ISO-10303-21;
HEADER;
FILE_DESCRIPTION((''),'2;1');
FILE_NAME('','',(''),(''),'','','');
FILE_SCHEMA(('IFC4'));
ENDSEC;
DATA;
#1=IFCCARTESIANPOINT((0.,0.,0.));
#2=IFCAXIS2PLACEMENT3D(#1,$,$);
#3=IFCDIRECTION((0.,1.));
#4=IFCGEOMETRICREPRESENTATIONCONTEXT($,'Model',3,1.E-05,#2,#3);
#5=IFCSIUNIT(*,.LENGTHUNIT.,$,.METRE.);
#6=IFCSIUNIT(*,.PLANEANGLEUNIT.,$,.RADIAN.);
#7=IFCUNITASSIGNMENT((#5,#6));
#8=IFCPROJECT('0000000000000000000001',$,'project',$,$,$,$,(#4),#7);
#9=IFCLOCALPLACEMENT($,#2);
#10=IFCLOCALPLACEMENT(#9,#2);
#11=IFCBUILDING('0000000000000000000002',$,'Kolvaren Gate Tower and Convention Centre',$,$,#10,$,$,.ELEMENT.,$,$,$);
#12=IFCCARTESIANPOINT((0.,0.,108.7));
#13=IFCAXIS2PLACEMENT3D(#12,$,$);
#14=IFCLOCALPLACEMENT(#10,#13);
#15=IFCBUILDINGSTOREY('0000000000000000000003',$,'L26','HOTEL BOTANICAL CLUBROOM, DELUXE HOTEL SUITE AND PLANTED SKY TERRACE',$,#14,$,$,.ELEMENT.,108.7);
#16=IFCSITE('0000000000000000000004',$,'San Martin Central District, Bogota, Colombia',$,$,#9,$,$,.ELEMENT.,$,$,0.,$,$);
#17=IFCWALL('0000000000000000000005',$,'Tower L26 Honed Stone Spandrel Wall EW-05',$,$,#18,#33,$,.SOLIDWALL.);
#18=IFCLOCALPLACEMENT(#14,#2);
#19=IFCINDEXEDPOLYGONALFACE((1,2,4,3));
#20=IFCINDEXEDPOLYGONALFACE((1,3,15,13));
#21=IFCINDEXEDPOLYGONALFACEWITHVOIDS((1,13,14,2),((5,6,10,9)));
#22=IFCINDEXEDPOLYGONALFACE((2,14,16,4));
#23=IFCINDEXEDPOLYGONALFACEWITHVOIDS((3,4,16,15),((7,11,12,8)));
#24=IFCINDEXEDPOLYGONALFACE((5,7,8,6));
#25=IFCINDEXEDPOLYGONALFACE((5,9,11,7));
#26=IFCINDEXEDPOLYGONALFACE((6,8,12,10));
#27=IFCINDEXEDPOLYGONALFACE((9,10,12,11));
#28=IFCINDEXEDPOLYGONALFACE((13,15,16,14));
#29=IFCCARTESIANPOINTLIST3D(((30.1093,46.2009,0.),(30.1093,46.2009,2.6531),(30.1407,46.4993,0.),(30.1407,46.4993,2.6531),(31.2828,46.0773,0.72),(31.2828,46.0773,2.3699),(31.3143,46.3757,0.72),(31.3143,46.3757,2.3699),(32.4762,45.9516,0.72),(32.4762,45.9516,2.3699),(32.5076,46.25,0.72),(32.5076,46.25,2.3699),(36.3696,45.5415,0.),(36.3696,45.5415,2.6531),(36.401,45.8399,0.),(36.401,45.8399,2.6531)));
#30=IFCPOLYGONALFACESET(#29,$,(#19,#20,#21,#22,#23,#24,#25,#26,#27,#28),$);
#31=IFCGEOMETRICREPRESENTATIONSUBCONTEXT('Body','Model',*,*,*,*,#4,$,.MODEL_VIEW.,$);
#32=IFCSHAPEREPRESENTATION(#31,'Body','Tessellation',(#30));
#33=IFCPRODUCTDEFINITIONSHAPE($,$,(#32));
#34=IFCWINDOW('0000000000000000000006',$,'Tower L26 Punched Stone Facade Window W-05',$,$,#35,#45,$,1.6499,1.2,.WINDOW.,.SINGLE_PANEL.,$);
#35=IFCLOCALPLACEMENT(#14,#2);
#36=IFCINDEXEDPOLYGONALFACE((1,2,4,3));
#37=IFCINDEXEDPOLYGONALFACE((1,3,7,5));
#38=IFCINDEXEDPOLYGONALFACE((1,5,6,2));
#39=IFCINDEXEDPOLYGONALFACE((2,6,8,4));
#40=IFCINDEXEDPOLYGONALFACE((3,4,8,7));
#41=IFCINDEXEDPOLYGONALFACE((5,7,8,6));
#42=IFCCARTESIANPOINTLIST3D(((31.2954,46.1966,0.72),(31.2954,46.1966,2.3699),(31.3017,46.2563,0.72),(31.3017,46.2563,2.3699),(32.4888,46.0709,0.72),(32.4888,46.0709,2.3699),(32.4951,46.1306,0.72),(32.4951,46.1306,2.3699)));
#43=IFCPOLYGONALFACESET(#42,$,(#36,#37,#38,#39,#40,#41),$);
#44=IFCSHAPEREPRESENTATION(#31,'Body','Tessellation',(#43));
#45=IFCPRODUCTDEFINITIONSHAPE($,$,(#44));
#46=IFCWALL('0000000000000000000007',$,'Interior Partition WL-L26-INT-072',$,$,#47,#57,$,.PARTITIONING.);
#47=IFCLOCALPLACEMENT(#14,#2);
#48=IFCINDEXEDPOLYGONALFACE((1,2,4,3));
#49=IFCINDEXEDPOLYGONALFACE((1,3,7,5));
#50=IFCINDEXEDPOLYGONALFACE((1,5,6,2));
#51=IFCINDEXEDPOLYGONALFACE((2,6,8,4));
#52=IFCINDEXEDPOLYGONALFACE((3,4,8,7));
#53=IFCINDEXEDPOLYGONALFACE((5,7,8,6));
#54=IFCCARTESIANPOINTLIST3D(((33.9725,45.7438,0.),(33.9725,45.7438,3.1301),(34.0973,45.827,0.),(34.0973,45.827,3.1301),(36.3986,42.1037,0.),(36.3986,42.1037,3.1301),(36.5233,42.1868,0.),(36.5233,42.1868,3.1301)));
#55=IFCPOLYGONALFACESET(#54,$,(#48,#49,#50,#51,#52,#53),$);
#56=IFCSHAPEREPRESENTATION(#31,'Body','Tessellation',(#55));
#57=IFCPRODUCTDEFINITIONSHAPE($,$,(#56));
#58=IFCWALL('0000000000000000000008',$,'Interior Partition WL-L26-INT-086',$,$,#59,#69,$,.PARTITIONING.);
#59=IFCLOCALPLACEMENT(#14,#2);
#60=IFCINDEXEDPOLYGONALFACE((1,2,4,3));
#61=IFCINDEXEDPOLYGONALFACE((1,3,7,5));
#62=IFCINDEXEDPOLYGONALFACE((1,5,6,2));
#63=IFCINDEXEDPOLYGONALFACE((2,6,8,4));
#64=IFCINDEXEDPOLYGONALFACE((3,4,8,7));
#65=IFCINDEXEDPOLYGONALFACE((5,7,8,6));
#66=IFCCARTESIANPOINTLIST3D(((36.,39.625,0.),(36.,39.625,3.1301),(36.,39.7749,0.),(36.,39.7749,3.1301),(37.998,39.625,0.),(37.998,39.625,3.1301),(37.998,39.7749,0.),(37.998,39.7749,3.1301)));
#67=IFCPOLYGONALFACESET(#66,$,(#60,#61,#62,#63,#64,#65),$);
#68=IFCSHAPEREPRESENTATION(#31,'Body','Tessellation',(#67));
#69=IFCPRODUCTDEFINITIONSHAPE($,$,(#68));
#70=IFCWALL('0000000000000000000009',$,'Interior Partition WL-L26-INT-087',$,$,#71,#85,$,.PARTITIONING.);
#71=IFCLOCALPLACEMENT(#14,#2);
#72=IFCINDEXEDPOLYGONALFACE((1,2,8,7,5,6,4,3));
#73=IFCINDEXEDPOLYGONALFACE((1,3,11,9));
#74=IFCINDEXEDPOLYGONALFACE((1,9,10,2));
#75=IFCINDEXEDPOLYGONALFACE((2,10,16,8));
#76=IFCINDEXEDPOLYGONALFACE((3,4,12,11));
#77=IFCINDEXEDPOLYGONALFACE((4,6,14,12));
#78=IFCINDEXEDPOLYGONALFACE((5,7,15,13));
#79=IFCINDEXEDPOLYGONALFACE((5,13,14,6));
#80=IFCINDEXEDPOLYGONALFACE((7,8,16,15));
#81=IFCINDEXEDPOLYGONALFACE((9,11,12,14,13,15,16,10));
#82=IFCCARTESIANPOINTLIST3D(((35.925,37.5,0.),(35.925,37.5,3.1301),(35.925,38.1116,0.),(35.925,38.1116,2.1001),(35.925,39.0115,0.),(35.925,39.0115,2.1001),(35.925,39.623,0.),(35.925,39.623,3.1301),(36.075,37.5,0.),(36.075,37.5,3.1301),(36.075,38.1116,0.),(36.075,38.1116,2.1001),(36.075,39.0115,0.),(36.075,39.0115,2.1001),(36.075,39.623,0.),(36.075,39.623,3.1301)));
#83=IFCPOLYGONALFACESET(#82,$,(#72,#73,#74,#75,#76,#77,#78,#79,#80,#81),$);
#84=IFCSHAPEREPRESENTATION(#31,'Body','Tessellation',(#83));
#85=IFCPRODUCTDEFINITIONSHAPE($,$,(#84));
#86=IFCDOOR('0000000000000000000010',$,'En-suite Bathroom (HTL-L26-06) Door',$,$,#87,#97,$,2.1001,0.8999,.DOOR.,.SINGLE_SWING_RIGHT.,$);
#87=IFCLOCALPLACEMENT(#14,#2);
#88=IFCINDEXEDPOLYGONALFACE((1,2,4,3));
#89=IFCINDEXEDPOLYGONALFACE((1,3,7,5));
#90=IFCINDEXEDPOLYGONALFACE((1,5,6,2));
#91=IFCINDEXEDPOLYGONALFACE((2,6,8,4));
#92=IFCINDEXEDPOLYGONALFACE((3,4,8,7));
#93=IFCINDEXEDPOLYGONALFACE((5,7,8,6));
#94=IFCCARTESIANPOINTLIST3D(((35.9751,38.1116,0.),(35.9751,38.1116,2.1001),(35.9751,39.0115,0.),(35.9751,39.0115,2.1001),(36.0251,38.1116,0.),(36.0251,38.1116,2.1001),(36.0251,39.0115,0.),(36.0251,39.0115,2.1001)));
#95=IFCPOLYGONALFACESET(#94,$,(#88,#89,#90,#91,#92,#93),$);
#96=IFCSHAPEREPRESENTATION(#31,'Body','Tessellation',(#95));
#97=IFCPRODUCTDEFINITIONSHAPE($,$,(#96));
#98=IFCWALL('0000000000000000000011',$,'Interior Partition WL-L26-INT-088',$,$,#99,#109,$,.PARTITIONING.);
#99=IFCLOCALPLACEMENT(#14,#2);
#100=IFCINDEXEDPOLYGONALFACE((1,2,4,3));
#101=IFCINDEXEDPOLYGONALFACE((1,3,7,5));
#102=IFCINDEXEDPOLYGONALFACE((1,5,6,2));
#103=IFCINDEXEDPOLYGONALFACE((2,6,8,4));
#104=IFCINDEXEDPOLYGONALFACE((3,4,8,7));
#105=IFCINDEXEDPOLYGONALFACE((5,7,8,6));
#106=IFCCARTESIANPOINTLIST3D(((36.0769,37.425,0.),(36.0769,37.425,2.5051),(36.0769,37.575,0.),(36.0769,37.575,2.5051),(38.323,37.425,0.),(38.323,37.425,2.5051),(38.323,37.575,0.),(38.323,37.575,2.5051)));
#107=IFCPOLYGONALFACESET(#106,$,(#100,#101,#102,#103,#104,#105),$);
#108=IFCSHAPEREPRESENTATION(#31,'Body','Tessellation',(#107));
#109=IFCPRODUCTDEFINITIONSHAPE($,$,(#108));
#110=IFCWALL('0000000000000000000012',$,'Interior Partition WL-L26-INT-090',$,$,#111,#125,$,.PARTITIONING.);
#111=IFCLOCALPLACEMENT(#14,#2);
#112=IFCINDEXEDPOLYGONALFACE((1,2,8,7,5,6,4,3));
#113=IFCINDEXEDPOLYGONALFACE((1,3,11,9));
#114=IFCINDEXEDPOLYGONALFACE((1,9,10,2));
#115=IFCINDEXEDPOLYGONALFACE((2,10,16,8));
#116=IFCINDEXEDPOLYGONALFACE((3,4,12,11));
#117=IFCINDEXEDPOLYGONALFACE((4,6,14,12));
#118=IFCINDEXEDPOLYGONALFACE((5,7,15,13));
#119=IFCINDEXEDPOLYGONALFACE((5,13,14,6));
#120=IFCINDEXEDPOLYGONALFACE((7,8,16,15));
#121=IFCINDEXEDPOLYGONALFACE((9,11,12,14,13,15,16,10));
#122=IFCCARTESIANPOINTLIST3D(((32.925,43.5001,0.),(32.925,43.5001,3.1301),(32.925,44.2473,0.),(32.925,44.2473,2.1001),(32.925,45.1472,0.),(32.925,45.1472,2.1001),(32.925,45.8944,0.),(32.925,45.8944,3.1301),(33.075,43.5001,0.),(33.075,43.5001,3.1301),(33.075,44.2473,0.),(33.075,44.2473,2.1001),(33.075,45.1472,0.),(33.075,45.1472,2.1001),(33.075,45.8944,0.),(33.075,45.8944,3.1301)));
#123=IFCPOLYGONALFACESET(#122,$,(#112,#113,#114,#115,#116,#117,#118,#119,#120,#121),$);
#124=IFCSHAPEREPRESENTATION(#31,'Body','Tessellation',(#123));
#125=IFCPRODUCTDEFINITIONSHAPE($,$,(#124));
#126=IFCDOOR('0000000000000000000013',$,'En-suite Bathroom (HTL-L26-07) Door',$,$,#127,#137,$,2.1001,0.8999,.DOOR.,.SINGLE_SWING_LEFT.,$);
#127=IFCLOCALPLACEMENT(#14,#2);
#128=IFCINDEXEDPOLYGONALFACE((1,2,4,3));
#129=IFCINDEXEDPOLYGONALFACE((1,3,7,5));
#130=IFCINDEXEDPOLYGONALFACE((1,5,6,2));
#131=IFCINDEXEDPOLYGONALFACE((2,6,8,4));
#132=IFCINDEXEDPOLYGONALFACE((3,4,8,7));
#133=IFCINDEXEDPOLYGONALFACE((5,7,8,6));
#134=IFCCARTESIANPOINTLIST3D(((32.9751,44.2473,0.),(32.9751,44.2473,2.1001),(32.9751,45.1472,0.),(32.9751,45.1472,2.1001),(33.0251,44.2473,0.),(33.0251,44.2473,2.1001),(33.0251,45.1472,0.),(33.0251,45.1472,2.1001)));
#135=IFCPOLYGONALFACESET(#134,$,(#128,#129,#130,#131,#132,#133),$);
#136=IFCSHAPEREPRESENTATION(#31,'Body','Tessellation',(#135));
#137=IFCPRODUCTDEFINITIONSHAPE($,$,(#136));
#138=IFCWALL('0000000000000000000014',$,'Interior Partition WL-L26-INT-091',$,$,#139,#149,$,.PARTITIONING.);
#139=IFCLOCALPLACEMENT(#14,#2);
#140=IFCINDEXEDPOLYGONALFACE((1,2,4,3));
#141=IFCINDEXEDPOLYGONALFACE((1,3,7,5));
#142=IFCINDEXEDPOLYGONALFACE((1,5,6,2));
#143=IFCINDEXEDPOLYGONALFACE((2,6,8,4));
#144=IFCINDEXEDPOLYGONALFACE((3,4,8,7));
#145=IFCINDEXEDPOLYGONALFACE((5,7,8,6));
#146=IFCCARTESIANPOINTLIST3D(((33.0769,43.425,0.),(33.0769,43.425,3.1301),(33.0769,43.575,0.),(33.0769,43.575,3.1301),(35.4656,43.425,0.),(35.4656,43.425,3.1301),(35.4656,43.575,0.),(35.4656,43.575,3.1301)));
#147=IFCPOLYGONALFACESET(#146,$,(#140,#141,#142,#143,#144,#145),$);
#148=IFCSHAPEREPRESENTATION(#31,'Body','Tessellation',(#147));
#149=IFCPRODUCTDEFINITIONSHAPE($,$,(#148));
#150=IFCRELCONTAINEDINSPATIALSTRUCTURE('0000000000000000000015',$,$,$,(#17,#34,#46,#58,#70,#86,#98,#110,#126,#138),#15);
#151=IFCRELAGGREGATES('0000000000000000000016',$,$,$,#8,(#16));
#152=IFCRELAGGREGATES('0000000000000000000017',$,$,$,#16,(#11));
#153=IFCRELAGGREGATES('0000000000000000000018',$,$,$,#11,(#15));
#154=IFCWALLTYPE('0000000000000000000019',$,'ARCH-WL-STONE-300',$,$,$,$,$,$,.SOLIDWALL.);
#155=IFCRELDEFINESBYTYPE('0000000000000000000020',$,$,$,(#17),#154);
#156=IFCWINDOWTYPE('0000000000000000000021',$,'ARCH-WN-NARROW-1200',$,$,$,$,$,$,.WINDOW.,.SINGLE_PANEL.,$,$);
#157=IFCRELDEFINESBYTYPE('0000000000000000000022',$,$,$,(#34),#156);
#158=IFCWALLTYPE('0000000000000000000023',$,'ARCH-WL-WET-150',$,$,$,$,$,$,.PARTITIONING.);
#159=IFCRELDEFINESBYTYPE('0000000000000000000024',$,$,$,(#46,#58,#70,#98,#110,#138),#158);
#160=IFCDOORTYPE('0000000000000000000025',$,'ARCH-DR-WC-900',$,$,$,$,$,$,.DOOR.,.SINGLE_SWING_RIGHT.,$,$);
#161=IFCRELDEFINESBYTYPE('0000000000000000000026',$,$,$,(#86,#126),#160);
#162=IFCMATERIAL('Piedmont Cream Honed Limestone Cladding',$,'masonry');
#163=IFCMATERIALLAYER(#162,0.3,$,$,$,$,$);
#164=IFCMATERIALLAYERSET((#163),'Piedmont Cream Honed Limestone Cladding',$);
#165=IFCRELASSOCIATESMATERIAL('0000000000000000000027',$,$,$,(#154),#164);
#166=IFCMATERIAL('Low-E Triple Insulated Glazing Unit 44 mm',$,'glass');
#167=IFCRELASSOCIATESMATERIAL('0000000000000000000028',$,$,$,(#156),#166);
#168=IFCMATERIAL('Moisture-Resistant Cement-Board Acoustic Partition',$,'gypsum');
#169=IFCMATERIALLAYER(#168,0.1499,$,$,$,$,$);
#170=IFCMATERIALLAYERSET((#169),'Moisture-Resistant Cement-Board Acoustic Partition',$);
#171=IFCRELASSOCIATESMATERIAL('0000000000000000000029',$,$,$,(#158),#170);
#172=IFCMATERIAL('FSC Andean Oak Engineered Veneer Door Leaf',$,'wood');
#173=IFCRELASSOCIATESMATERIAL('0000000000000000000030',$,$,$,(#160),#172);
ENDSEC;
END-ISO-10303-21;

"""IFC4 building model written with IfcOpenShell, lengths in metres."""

from ifc_helpers import new_model, si_unit, direction, frame, frame_2d, origin, place, context, subcontext, project, spatial, rectangle, extrude, material, layer, layer_set, type_object, element, fill, save


model = new_model("IFC4")

# Units and contexts
model_context = context("Model", 3, precision=1e-05, world=origin(), true_north=direction((0.0, 1.0)))
body_context = subcontext(model_context, "Body", "Model", "MODEL_VIEW")
ifc_project = project(units=[si_unit("LENGTHUNIT", "METRE"), si_unit("PLANEANGLEUNIT", "RADIAN")], contexts=[model_context])

# Site, building, storey
site_placement = place(None, origin())
site = spatial("IfcSite", under=ifc_project, at=site_placement, Name="San Martin Central District, Bogota, Colombia", CompositionType="ELEMENT", RefElevation=0.0)
building_placement = place(site_placement, origin())
building = spatial("IfcBuilding", under=site, at=building_placement, Name="Kolvaren Gate Tower and Convention Centre", CompositionType="ELEMENT")
storey_placement = place(building_placement, frame((0.0, 0.0, 108.7)))
storey = spatial("IfcBuildingStorey", under=building, at=storey_placement, Name="L26", Description="HOTEL BOTANICAL CLUBROOM, DELUXE HOTEL SUITE AND PLANTED SKY TERRACE", CompositionType="ELEMENT", Elevation=108.7)

# Wall, opening, window
ifc_material_1 = material(Name="Piedmont Cream Honed Limestone Cladding", Category="masonry")
ifc_layer_1 = layer(ifc_material_1, 0.3)
ifc_layer_set_1 = layer_set([ifc_layer_1], Name="Piedmont Cream Honed Limestone Cladding")
wall_type_1 = type_object("IfcWallType", Name="ARCH-WL-STONE-300", PredefinedType="SOLIDWALL", material=ifc_layer_set_1)
ifc_material_2 = material(Name="Low-E Triple Insulated Glazing Unit 44 mm", Category="glass")
wall_1_placement = place(storey_placement, frame((30.125, 46.3501, 0.0), z_axis=(0.0, 0.0, 1.0), x_axis=(0.994498, -0.104755, 0.0)))
wall_1 = element("IfcWall", 1, at=wall_1_placement, inside=storey, type_object=wall_type_1, Name="Tower L26 Honed Stone Spandrel Wall EW-05", PredefinedType="SOLIDWALL", context=body_context, shape_type="SweptSolid", body=[
    extrude(rectangle(XDim=6.2949, YDim=0.3, at=frame_2d((3.1475, 0.0))), origin(), (0.0, 0.0, 1.0), 2.6531),
])
opening_1_placement = place(wall_1_placement, frame((1.1799, 0.0, 0.72)))
opening_1 = element("IfcOpeningElement", 2, at=opening_1_placement, cuts=wall_1, PredefinedType="OPENING", context=body_context, shape_type="SweptSolid", body=[
    extrude(rectangle(XDim=1.2, YDim=1.6499, at=frame_2d((0.6001, 0.825))), frame((0.0, 0.1599, 0.0), z_axis=(0.0, -1.0, 0.0), x_axis=(1.0, 0.0, 0.0)), (0.0, 0.0, 1.0), 0.3201),
])
window_type_1 = type_object("IfcWindowType", Name="ARCH-WN-NARROW-1200", PartitioningType="SINGLE_PANEL", PredefinedType="WINDOW", material=ifc_material_2)
window_1_placement = place(opening_1_placement, origin())
window_1 = element("IfcWindow", 3, at=window_1_placement, inside=storey, type_object=window_type_1, Name="Tower L26 Punched Stone Facade Window W-05", OverallHeight=1.6499, OverallWidth=1.2, PartitioningType="SINGLE_PANEL", PredefinedType="WINDOW", context=body_context, shape_type="SweptSolid", body=[
    extrude(rectangle(XDim=1.2, YDim=1.6499, at=frame_2d((0.6001, 0.825))), frame((0.0, 0.03, 0.0), z_axis=(0.0, -1.0, 0.0), x_axis=(1.0, 0.0, 0.0)), (0.0, 0.0, 1.0), 0.0601),
])
fill(opening_1, window_1)

# Walls
ifc_material_3 = material(Name="Moisture-Resistant Cement-Board Acoustic Partition", Category="gypsum")
ifc_layer_2 = layer(ifc_material_3, 0.1499)
ifc_layer_set_2 = layer_set([ifc_layer_2], Name="Moisture-Resistant Cement-Board Acoustic Partition")
wall_type_2 = type_object("IfcWallType", Name="ARCH-WL-WET-150", PredefinedType="PARTITIONING", material=ifc_layer_set_2)
wall_2_placement = place(storey_placement, frame((34.0349, 45.7854, 0.0), z_axis=(0.0, 0.0, 1.0), x_axis=(0.554584, -0.832128, 0.0)))
element("IfcWall", 4, at=wall_2_placement, inside=storey, type_object=wall_type_2, Name="Interior Partition WL-L26-INT-072", PredefinedType="PARTITIONING", context=body_context, shape_type="SweptSolid", body=[
    extrude(rectangle(XDim=4.3745, YDim=0.1499, at=frame_2d((2.1873, 0.0))), origin(), (0.0, 0.0, 1.0), 3.1301),
])
wall_3_placement = place(storey_placement, frame((36.0, 39.7, 0.0), z_axis=(0.0, 0.0, 1.0), x_axis=(1.0, 0.0, 0.0)))
element("IfcWall", 5, at=wall_3_placement, inside=storey, type_object=wall_type_2, Name="Interior Partition WL-L26-INT-086", PredefinedType="PARTITIONING", context=body_context, shape_type="SweptSolid", body=[
    extrude(rectangle(XDim=1.998, YDim=0.1499, at=frame_2d((0.999, 0.0))), origin(), (0.0, 0.0, 1.0), 3.1301),
])

# Wall, opening, door
wall_4_placement = place(storey_placement, frame((36.0, 37.5, 0.0), z_axis=(0.0, 0.0, 1.0), x_axis=(0.0, 1.0, 0.0)))
wall_4 = element("IfcWall", 6, at=wall_4_placement, inside=storey, type_object=wall_type_2, Name="Interior Partition WL-L26-INT-087", PredefinedType="PARTITIONING", context=body_context, shape_type="SweptSolid", body=[
    extrude(rectangle(XDim=2.123, YDim=0.1499, at=frame_2d((1.0615, 0.0))), origin(), (0.0, 0.0, 1.0), 3.1301),
])
opening_2_placement = place(wall_4_placement, frame((0.6116, 0.0, 0.0)))
opening_2 = element("IfcOpeningElement", 7, at=opening_2_placement, cuts=wall_4, PredefinedType="OPENING", context=body_context, shape_type="SweptSolid", body=[
    extrude(rectangle(XDim=0.8999, YDim=2.1001, at=frame_2d((0.45, 1.05))), frame((0.0, 0.085, 0.0), z_axis=(0.0, -1.0, 0.0), x_axis=(1.0, 0.0, 0.0)), (0.0, 0.0, 1.0), 0.1699),
])
ifc_material_4 = material(Name="FSC Andean Oak Engineered Veneer Door Leaf", Category="wood")
door_type_1 = type_object("IfcDoorType", Name="ARCH-DR-WC-900", OperationType="SINGLE_SWING_RIGHT", PredefinedType="DOOR", material=ifc_material_4)
door_1_placement = place(opening_2_placement, origin())
door_1 = element("IfcDoor", 8, at=door_1_placement, inside=storey, type_object=door_type_1, Name="En-suite Bathroom (HTL-L26-06) Door", OperationType="SINGLE_SWING_RIGHT", OverallHeight=2.1001, OverallWidth=0.8999, PredefinedType="DOOR", context=body_context, shape_type="SweptSolid", body=[
    extrude(rectangle(XDim=0.8999, YDim=2.1001, at=frame_2d((0.45, 1.05))), frame((0.0, 0.0249, 0.0), z_axis=(0.0, -1.0, 0.0), x_axis=(1.0, 0.0, 0.0)), (0.0, 0.0, 1.0), 0.05),
])
fill(opening_2, door_1)

# Wall
wall_5_placement = place(storey_placement, frame((36.0769, 37.5, 0.0), z_axis=(0.0, 0.0, 1.0), x_axis=(1.0, 0.0, 0.0)))
element("IfcWall", 9, at=wall_5_placement, inside=storey, type_object=wall_type_2, Name="Interior Partition WL-L26-INT-088", PredefinedType="PARTITIONING", context=body_context, shape_type="SweptSolid", body=[
    extrude(rectangle(XDim=2.2461, YDim=0.1499, at=frame_2d((1.123, 0.0))), origin(), (0.0, 0.0, 1.0), 2.5051),
])

# Wall, opening, door
wall_6_placement = place(storey_placement, frame((33.0, 43.5, 0.0), z_axis=(0.0, 0.0, 1.0), x_axis=(0.0, 1.0, 0.0)))
wall_6 = element("IfcWall", 10, at=wall_6_placement, inside=storey, type_object=wall_type_2, Name="Interior Partition WL-L26-INT-090", PredefinedType="PARTITIONING", context=body_context, shape_type="SweptSolid", body=[
    extrude(rectangle(XDim=2.3943, YDim=0.1499, at=frame_2d((1.1973, 0.0))), origin(), (0.0, 0.0, 1.0), 3.1301),
])
opening_3_placement = place(wall_6_placement, frame((0.7473, 0.0, 0.0)))
opening_3 = element("IfcOpeningElement", 11, at=opening_3_placement, cuts=wall_6, PredefinedType="OPENING", context=body_context, shape_type="SweptSolid", body=[
    extrude(rectangle(XDim=0.8999, YDim=2.1001, at=frame_2d((0.45, 1.05))), frame((0.0, 0.085, 0.0), z_axis=(0.0, -1.0, 0.0), x_axis=(1.0, 0.0, 0.0)), (0.0, 0.0, 1.0), 0.1699),
])
door_2_placement = place(opening_3_placement, origin())
door_2 = element("IfcDoor", 12, at=door_2_placement, inside=storey, type_object=door_type_1, Name="En-suite Bathroom (HTL-L26-07) Door", OperationType="SINGLE_SWING_LEFT", OverallHeight=2.1001, OverallWidth=0.8999, PredefinedType="DOOR", context=body_context, shape_type="SweptSolid", body=[
    extrude(rectangle(XDim=0.8999, YDim=2.1001, at=frame_2d((0.45, 1.05))), frame((0.0, 0.0249, 0.0), z_axis=(0.0, -1.0, 0.0), x_axis=(1.0, 0.0, 0.0)), (0.0, 0.0, 1.0), 0.05),
])
fill(opening_3, door_2)

# Wall
wall_7_placement = place(storey_placement, frame((33.0769, 43.5, 0.0), z_axis=(0.0, 0.0, 1.0), x_axis=(1.0, 0.0, 0.0)))
element("IfcWall", 13, at=wall_7_placement, inside=storey, type_object=wall_type_2, Name="Interior Partition WL-L26-INT-091", PredefinedType="PARTITIONING", context=body_context, shape_type="SweptSolid", body=[
    extrude(rectangle(XDim=2.3887, YDim=0.1499, at=frame_2d((1.1943, 0.0))), origin(), (0.0, 0.0, 1.0), 3.1301),
])

save(model, "model.ifc")
